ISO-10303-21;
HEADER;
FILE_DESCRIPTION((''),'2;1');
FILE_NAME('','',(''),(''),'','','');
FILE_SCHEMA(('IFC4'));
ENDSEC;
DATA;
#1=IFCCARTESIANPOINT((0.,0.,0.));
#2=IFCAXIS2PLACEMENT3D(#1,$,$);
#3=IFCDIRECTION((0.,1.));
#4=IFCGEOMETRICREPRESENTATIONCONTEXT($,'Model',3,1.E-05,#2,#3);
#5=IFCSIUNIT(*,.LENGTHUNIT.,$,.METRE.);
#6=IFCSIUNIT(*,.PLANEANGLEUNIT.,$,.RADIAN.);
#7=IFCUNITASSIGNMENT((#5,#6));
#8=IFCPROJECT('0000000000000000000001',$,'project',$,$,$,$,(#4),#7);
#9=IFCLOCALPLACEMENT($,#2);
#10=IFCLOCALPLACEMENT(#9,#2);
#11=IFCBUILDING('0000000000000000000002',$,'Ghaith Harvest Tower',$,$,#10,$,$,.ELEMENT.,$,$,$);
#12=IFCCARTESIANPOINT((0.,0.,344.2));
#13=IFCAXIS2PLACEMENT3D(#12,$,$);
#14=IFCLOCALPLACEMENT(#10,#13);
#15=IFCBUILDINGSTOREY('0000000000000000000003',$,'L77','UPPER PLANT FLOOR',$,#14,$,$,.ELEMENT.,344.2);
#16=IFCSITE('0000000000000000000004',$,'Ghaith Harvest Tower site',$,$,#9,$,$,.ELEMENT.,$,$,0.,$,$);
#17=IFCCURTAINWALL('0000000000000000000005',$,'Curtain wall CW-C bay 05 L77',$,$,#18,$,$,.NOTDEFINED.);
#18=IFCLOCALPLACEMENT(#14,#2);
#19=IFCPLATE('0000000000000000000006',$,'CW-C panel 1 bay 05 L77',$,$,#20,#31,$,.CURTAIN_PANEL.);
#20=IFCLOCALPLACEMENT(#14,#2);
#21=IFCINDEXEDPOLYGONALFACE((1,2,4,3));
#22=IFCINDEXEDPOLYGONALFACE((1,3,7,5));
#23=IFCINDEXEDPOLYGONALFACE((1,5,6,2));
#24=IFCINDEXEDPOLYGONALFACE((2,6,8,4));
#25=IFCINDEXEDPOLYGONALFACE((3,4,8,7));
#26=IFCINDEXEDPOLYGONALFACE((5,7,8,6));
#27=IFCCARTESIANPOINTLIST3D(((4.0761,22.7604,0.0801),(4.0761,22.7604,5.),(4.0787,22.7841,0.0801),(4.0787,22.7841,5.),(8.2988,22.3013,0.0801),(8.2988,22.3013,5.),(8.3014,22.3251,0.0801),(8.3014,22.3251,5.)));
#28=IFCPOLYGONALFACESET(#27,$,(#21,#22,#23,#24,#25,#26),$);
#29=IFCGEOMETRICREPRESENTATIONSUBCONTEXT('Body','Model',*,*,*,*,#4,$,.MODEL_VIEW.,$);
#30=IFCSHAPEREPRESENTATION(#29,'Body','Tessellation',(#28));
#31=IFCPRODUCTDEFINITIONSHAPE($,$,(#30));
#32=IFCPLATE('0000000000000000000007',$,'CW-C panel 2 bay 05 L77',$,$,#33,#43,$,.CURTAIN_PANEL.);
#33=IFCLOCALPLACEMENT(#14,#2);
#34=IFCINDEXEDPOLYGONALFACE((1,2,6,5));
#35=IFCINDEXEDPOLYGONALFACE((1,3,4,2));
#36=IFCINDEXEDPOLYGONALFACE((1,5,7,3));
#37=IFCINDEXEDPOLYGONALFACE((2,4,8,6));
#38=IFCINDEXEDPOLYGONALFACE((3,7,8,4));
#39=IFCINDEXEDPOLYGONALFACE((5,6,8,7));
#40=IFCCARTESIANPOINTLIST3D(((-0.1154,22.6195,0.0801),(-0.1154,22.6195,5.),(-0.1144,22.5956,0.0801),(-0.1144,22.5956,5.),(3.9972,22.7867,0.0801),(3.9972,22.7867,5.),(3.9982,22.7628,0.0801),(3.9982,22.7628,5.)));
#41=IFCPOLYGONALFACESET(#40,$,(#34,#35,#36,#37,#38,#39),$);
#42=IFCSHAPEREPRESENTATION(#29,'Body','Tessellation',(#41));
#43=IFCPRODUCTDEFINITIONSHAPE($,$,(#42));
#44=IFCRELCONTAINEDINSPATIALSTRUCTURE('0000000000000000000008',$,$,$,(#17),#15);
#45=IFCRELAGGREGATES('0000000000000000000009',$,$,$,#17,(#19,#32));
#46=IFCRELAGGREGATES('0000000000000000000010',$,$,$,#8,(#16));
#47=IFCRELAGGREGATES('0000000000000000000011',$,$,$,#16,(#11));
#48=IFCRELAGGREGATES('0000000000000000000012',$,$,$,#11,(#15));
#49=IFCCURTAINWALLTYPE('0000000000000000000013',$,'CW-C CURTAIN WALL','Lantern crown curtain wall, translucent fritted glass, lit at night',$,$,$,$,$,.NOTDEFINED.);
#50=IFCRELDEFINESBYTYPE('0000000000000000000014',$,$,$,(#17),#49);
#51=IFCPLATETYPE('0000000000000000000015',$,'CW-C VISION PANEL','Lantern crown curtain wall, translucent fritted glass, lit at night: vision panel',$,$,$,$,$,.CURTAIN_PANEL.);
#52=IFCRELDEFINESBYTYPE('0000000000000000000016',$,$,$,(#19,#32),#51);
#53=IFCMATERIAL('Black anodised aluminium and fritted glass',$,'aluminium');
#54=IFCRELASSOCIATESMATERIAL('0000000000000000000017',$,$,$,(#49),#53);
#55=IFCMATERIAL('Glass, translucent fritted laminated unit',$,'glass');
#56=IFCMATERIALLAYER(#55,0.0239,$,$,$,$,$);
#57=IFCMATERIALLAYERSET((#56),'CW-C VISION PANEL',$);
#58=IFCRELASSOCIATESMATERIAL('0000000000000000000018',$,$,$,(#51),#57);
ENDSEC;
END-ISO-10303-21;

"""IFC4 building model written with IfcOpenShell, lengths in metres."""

from ifc_helpers import new_model, si_unit, direction, frame, origin, origin_2d, place, context, subcontext, project, spatial, rectangle, extrude, material, layer, layer_set, type_object, element, aggregate, save


model = new_model("IFC4")

# Units and contexts
model_context = context("Model", 3, precision=1e-05, world=origin(), true_north=direction((0.0, 1.0)))
body_context = subcontext(model_context, "Body", "Model", "MODEL_VIEW")
ifc_project = project(units=[si_unit("LENGTHUNIT", "METRE"), si_unit("PLANEANGLEUNIT", "RADIAN")], contexts=[model_context])

# Site, building, storey
site_placement = place(None, origin())
site = spatial("IfcSite", under=ifc_project, at=site_placement, Name="Ghaith Harvest Tower site", CompositionType="ELEMENT", RefElevation=0.0)
building_placement = place(site_placement, origin())
building = spatial("IfcBuilding", under=site, at=building_placement, Name="Ghaith Harvest Tower", CompositionType="ELEMENT")
storey_placement = place(building_placement, frame((0.0, 0.0, 344.2)))
storey = spatial("IfcBuildingStorey", under=building, at=storey_placement, Name="L77", Description="UPPER PLANT FLOOR", CompositionType="ELEMENT", Elevation=344.2)

# Shared definitions
ifc_material_1 = material(Name="Black anodised aluminium and fritted glass", Category="aluminium")
curtain_wall_type = type_object("IfcCurtainWallType", Name="CW-C CURTAIN WALL", Description="Lantern crown curtain wall, translucent fritted glass, lit at night", PredefinedType="NOTDEFINED", material=ifc_material_1)

# Curtain wall
curtain_wall_1_placement = place(storey_placement, origin())
curtain_wall_1 = element("IfcCurtainWall", 1, at=curtain_wall_1_placement, inside=storey, type_object=curtain_wall_type, Name="Curtain wall CW-C bay 05 L77", PredefinedType="NOTDEFINED")

# Plates
ifc_material_2 = material(Name="Glass, translucent fritted laminated unit", Category="glass")
ifc_layer = layer(ifc_material_2, 0.0239)
ifc_layer_set = layer_set([ifc_layer], Name="CW-C VISION PANEL")
plate_type = type_object("IfcPlateType", Name="CW-C VISION PANEL", Description="Lantern crown curtain wall, translucent fritted glass, lit at night: vision panel", PredefinedType="CURTAIN_PANEL", material=ifc_layer_set)
plate_1_placement = place(storey_placement, frame((6.1887, 22.5427, 0.0801), z_axis=(0.0, 0.0, 1.0), x_axis=(-0.994143, 0.108074, 0.0)))
plate_1 = element("IfcPlate", 2, at=plate_1_placement, type_object=plate_type, Name="CW-C panel 1 bay 05 L77", PredefinedType="CURTAIN_PANEL", context=body_context, shape_type="SweptSolid", body=[
    extrude(rectangle(XDim=4.2476, YDim=0.0239, at=origin_2d()), origin(), (0.0, 0.0, 1.0), 4.9199),
])
plate_2_placement = place(storey_placement, frame((1.9414, 22.6912, 0.0801), z_axis=(0.0, 0.0, 1.0), x_axis=(-0.999174, -0.040638, 0.0)))
plate_2 = element("IfcPlate", 3, at=plate_2_placement, type_object=plate_type, Name="CW-C panel 2 bay 05 L77", PredefinedType="CURTAIN_PANEL", context=body_context, shape_type="SweptSolid", body=[
    extrude(rectangle(XDim=4.116, YDim=0.0239, at=origin_2d()), origin(), (0.0, 0.0, 1.0), 4.9199),
])
aggregate(curtain_wall_1, [plate_1, plate_2])

save(model, "model.ifc")
